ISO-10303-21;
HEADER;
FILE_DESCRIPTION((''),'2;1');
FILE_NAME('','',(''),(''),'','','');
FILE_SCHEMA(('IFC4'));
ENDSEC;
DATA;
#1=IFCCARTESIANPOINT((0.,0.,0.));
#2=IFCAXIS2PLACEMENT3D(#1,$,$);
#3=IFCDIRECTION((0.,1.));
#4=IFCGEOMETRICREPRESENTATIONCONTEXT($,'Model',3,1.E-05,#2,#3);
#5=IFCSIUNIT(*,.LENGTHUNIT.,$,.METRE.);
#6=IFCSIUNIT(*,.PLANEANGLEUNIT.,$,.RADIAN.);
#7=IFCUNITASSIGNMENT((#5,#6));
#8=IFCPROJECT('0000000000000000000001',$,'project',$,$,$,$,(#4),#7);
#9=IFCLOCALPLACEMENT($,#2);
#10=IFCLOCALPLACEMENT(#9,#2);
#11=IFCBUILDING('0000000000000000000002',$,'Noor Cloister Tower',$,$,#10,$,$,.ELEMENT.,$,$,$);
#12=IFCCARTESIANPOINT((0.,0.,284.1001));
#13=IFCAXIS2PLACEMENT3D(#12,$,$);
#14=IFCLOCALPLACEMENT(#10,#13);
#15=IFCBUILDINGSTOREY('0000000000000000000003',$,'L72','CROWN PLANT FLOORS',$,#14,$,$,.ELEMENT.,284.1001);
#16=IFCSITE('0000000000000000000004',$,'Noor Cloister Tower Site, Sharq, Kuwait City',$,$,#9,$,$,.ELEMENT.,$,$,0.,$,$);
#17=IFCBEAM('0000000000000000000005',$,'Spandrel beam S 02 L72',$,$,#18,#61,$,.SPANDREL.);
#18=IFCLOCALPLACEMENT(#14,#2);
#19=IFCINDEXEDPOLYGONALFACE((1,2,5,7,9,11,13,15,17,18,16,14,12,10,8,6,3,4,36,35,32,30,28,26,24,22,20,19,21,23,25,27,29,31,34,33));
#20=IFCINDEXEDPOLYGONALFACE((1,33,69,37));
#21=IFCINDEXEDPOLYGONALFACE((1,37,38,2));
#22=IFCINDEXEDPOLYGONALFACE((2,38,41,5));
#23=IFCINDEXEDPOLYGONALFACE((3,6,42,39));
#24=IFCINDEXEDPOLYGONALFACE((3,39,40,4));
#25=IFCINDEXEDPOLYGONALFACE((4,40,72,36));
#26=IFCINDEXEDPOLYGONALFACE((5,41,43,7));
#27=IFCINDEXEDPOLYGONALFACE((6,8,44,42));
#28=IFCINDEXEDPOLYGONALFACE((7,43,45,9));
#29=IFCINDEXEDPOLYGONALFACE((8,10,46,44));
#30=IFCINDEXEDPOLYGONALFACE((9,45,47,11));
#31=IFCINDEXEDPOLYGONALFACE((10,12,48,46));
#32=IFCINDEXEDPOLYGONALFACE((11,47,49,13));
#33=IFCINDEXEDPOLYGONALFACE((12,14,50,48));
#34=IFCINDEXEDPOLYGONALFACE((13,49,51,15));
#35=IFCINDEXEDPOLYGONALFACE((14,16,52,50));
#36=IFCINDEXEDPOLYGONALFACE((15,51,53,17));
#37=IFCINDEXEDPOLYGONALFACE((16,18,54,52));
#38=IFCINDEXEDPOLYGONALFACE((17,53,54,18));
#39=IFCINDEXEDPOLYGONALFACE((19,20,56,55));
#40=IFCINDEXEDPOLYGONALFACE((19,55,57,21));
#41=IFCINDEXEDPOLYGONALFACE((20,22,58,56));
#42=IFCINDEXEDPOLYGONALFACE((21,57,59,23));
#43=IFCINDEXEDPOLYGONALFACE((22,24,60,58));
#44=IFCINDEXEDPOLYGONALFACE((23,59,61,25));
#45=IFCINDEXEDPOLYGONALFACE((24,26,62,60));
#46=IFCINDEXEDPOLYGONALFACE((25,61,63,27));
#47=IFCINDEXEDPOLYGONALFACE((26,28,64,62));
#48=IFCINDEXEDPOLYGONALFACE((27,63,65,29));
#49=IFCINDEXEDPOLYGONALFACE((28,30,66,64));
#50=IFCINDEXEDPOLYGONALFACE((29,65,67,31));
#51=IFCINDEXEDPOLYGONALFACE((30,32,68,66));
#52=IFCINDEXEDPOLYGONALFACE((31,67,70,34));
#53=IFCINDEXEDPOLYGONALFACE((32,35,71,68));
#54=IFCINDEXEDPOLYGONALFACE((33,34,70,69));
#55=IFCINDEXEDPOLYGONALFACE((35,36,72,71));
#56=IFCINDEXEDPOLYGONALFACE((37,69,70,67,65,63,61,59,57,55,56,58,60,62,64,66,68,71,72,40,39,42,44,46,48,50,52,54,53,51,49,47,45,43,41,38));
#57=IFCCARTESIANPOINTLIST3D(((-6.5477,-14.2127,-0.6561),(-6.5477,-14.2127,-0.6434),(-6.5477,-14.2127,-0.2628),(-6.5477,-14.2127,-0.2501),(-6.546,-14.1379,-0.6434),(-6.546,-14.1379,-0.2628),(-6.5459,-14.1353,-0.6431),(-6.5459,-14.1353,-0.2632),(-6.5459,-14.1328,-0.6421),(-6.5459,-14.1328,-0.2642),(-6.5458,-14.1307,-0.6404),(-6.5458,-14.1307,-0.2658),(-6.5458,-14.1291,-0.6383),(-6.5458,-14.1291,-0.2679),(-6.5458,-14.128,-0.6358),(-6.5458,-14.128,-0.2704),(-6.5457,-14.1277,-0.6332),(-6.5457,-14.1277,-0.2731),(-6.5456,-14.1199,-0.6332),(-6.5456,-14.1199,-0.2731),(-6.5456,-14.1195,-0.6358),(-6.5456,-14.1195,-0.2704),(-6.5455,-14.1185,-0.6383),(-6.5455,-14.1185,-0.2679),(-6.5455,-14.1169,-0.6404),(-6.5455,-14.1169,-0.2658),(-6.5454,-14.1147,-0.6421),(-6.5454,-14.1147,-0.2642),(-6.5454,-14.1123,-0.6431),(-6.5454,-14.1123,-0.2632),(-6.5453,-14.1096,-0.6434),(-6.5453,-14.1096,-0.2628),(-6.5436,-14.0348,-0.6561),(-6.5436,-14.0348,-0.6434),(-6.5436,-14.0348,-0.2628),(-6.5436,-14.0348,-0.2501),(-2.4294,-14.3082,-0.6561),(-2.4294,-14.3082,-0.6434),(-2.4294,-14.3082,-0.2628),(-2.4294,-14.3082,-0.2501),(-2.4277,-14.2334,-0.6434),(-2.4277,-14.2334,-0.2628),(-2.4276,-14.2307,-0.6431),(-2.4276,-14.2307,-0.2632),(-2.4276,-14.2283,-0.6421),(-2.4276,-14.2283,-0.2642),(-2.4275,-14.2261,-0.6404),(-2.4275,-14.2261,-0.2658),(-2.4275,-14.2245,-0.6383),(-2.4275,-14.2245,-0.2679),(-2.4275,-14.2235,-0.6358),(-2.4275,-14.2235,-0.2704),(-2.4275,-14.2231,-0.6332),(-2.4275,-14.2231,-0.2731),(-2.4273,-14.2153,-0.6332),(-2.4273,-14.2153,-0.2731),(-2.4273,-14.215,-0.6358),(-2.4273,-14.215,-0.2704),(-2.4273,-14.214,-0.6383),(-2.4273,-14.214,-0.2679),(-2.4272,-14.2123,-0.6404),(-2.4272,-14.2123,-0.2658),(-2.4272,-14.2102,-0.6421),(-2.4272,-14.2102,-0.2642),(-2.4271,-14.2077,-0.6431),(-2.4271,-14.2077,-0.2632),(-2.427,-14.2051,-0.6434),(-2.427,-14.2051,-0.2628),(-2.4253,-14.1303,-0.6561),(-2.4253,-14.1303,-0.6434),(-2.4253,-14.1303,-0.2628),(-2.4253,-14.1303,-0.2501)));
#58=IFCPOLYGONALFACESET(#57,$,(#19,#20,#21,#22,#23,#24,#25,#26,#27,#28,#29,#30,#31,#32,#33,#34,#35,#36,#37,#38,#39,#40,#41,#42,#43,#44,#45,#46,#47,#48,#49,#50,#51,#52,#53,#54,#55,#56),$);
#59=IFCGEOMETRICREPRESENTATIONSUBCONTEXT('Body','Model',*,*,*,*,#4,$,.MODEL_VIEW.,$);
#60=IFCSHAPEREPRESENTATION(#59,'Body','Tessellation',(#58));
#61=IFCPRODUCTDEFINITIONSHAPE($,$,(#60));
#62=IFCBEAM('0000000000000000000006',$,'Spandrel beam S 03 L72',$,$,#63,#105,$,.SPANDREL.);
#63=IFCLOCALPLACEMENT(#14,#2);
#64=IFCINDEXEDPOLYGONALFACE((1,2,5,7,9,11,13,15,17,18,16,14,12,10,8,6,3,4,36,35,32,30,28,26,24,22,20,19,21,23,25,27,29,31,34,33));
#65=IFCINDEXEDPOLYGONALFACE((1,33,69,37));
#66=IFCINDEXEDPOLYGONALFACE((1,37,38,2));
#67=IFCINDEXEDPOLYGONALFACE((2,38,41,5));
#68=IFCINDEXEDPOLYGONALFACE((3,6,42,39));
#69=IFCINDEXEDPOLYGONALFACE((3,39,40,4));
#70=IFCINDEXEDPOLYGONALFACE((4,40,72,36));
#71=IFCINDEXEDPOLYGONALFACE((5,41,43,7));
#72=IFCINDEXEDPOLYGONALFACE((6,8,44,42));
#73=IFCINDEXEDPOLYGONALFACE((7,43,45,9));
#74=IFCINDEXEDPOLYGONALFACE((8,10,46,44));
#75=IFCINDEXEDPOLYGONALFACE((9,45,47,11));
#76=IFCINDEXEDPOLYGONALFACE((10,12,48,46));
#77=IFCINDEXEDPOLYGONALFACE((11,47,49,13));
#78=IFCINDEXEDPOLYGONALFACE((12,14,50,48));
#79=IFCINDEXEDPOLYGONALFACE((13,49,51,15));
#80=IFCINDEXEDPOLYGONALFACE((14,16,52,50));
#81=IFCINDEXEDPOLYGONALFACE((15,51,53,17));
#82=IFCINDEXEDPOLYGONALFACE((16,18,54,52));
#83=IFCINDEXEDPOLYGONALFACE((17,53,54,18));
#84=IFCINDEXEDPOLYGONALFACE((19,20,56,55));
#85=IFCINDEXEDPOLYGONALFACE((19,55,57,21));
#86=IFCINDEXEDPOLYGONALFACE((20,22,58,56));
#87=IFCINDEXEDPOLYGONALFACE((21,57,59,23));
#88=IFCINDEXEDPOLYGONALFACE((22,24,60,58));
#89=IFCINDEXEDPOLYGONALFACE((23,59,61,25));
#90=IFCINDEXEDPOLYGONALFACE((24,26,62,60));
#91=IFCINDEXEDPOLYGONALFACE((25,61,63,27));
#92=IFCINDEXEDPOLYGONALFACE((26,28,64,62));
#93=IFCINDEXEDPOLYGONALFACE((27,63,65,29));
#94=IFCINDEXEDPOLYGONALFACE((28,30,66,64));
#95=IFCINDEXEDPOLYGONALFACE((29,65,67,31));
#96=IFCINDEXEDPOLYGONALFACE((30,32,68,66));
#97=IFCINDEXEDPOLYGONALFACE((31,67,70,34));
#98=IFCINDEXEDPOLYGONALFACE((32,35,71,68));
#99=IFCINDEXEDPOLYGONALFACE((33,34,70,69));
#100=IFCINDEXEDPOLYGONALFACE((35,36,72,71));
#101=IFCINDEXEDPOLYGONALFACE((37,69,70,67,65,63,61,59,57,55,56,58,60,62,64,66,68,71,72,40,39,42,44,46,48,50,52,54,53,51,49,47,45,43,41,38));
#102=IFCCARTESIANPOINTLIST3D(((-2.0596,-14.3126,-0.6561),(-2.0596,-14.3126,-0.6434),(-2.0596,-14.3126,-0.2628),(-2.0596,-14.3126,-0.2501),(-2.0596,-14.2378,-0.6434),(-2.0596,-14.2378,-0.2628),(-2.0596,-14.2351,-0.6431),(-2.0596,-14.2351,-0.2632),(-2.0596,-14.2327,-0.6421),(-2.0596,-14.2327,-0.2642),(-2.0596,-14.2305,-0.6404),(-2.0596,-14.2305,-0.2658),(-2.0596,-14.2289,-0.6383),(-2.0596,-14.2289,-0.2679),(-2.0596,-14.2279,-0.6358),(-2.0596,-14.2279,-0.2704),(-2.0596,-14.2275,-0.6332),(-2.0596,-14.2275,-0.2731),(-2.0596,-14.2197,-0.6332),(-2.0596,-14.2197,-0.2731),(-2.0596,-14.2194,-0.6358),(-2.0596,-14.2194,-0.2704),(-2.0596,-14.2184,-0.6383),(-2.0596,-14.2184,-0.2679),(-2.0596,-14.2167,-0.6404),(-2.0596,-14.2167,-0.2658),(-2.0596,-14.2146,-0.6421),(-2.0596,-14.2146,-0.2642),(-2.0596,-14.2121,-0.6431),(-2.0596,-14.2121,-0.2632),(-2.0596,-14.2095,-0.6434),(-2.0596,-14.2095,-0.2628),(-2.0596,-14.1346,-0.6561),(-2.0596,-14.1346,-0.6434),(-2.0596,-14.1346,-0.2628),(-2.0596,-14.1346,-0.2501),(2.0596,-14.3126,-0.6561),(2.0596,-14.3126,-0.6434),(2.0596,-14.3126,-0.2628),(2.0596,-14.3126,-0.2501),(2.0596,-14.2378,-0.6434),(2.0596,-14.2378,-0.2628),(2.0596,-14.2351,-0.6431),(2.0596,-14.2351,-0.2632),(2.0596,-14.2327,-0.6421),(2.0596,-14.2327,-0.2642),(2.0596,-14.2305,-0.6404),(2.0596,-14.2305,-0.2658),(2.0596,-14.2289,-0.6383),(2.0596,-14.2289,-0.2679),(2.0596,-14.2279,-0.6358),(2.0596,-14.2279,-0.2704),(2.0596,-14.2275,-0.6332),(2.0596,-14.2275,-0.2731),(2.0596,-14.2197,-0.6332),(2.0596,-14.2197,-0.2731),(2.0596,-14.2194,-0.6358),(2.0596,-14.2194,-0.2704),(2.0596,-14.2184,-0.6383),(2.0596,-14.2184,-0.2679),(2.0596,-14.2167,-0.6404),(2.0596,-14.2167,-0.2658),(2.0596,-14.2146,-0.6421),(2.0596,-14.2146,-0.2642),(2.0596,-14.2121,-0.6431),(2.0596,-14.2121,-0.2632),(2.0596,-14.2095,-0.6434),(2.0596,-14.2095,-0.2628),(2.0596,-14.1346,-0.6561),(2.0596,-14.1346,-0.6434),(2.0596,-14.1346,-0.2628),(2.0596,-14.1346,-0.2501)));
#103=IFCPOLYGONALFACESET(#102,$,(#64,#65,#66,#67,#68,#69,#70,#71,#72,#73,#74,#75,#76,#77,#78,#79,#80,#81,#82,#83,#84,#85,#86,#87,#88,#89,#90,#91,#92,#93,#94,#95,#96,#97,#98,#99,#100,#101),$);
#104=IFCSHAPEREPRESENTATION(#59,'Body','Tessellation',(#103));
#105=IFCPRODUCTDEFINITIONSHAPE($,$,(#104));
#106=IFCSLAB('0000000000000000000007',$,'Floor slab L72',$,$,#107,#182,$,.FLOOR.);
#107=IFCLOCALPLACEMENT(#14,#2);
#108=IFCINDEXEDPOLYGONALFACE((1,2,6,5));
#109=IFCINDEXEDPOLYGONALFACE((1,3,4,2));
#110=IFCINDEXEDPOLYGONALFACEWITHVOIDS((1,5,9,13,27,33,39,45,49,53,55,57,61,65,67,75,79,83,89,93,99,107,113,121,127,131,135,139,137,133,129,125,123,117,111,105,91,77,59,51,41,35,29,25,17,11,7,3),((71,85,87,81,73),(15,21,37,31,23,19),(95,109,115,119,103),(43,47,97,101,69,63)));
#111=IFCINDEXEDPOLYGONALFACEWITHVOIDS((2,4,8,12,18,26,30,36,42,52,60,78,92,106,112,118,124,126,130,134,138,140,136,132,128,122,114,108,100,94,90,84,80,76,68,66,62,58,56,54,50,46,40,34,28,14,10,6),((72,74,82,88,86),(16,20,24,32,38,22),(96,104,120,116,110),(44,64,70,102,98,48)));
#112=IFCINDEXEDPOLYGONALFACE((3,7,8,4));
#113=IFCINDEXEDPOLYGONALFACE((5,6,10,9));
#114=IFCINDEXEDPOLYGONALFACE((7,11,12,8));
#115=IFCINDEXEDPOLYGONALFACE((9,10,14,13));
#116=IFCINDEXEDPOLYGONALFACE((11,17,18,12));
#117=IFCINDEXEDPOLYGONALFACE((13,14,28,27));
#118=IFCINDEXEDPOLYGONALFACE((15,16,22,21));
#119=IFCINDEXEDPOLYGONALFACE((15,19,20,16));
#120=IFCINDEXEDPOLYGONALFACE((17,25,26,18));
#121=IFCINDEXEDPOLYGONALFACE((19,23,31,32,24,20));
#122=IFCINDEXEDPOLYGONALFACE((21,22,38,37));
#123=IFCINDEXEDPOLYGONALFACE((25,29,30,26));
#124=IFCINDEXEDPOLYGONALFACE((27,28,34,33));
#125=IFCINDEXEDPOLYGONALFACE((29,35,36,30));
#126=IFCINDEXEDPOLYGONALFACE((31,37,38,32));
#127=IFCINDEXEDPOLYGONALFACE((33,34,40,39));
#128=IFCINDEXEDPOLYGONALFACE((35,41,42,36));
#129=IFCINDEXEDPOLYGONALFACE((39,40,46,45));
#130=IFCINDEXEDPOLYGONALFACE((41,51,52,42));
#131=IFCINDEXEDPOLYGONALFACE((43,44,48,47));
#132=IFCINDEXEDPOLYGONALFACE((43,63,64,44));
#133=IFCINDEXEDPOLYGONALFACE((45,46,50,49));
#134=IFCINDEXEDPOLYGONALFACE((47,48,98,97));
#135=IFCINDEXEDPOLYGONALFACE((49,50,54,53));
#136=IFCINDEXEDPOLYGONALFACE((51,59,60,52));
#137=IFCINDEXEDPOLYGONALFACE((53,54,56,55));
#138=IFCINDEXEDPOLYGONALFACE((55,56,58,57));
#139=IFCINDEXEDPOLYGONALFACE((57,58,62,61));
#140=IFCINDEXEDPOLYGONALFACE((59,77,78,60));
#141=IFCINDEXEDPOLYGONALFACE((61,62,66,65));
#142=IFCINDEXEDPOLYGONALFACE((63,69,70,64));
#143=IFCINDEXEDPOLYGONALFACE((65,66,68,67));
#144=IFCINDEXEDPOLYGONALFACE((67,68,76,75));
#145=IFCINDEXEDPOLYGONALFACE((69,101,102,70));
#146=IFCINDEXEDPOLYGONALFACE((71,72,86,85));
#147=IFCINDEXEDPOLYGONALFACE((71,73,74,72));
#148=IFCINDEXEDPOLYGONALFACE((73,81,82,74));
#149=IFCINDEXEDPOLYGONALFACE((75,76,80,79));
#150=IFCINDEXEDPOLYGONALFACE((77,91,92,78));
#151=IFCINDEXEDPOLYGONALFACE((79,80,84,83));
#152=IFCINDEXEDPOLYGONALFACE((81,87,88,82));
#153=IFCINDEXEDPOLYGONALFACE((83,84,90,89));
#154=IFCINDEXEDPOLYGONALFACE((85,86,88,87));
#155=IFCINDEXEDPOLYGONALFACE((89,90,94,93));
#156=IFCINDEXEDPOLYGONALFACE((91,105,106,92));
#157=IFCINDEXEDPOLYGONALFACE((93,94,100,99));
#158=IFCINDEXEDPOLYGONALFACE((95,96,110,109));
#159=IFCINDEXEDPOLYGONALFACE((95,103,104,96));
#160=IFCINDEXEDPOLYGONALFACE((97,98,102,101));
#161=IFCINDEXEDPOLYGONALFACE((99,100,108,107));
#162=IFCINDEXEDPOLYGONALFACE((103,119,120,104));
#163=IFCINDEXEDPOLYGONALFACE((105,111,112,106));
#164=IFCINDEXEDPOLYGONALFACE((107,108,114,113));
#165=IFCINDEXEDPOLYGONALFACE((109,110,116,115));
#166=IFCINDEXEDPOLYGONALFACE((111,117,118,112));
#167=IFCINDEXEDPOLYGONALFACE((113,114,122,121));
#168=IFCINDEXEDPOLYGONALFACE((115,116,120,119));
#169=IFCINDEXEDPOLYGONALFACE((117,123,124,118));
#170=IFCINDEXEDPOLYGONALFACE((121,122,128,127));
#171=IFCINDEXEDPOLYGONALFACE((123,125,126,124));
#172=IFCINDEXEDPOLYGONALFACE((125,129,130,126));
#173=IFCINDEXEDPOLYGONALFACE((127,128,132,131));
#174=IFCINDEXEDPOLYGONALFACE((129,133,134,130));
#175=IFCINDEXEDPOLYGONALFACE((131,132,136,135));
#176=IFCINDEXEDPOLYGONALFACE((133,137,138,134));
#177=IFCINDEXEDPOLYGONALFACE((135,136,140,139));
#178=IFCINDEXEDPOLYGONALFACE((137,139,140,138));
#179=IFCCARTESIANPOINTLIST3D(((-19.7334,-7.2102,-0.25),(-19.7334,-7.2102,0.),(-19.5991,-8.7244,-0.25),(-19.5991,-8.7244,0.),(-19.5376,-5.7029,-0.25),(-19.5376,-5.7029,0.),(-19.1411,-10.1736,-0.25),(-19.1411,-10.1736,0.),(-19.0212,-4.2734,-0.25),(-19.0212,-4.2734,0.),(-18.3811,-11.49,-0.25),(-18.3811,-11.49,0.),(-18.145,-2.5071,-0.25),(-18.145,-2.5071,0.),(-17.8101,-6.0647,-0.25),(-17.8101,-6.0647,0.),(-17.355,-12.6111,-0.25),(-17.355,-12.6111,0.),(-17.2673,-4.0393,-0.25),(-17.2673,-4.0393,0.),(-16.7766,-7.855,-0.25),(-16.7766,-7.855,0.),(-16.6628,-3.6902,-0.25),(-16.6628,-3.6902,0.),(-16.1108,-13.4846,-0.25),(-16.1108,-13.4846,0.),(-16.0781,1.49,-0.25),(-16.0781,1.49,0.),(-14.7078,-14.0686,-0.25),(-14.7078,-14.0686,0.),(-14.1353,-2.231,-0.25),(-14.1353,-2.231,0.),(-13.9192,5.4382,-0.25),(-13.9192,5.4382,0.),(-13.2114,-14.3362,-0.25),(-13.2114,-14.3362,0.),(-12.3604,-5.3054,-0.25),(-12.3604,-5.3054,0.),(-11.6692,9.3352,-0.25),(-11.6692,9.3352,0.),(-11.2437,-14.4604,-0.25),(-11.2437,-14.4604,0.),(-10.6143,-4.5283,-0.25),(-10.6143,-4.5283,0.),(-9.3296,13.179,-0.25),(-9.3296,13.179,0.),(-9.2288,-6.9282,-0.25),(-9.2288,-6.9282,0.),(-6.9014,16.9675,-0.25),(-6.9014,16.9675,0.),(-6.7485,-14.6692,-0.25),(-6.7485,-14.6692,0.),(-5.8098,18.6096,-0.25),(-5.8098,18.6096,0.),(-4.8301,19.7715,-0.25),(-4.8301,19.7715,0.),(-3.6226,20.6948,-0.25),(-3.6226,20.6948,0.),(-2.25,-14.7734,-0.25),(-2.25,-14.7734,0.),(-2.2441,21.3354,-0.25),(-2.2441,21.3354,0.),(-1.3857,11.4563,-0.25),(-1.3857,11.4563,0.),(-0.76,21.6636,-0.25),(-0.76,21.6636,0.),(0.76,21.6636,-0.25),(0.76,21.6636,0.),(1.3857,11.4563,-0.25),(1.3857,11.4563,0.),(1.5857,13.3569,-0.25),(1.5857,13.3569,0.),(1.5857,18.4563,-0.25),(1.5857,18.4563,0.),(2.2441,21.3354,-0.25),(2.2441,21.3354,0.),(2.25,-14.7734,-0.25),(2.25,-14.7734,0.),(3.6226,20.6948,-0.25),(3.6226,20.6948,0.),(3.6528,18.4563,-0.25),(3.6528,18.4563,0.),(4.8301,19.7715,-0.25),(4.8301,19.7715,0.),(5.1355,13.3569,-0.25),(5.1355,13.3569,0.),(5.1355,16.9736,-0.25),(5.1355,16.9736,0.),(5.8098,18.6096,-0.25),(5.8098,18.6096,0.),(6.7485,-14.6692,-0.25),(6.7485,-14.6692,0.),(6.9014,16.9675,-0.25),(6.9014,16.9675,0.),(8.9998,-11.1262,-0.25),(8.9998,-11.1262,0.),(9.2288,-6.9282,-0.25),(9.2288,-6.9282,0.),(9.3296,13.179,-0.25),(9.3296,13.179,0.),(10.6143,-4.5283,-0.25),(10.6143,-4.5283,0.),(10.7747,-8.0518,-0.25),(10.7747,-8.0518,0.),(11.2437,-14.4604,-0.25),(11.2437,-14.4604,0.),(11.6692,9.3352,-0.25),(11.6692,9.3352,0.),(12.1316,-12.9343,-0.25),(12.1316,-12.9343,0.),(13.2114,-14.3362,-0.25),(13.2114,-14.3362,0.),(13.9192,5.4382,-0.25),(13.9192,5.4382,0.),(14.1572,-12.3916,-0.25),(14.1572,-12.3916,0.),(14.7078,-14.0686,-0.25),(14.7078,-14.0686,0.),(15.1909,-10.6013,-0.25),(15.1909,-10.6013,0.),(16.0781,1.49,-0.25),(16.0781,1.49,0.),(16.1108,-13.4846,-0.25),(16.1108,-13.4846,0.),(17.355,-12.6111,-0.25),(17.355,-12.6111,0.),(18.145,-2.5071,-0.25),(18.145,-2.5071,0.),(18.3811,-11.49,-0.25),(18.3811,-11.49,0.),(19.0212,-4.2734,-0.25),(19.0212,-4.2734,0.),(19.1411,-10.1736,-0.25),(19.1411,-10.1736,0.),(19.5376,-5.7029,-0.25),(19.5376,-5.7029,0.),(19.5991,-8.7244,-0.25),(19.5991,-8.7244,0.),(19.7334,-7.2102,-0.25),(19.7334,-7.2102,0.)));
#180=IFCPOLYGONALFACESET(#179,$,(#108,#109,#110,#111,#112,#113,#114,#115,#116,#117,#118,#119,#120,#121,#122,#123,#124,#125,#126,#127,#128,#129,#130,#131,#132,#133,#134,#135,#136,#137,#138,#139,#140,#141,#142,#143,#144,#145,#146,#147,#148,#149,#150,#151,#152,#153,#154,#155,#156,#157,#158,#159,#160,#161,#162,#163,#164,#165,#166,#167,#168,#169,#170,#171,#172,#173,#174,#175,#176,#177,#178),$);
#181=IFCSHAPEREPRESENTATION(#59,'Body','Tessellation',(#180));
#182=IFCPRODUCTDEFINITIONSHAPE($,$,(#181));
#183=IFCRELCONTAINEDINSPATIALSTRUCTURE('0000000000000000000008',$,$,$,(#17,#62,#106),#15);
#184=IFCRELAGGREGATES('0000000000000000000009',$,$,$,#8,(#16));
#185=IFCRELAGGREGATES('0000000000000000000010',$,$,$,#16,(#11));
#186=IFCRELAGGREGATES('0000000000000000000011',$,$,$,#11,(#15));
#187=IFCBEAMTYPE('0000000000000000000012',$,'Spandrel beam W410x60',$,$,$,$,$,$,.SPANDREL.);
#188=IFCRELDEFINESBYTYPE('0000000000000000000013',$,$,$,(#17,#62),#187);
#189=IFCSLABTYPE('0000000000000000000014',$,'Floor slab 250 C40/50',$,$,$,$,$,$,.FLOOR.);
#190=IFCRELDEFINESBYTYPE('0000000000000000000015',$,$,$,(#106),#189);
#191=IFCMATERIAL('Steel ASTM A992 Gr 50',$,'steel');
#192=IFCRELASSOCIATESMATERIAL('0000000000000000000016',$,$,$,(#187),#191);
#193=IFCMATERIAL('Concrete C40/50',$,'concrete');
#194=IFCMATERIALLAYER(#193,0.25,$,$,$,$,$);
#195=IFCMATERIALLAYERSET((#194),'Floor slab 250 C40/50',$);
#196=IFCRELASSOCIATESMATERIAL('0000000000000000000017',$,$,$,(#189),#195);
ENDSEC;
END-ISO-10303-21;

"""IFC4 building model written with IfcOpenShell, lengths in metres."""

from ifc_helpers import new_model, si_unit, direction, frame, origin, origin_2d, place, context, subcontext, project, spatial, polyline, i_section, outline, extrude, material, layer, layer_set, material_profile, profile_set, type_object, element, save


model = new_model("IFC4")

# Units and contexts
model_context = context("Model", 3, precision=1e-05, world=origin(), true_north=direction((0.0, 1.0)))
body_context = subcontext(model_context, "Body", "Model", "MODEL_VIEW")
ifc_project = project(units=[si_unit("LENGTHUNIT", "METRE"), si_unit("PLANEANGLEUNIT", "RADIAN")], contexts=[model_context])

# Site, building, storey
site_placement = place(None, origin())
site = spatial("IfcSite", under=ifc_project, at=site_placement, Name="Noor Cloister Tower Site, Sharq, Kuwait City", CompositionType="ELEMENT", RefElevation=0.0)
building_placement = place(site_placement, origin())
building = spatial("IfcBuilding", under=site, at=building_placement, Name="Noor Cloister Tower", CompositionType="ELEMENT")
storey_placement = place(building_placement, frame((0.0, 0.0, 284.1001)))
storey = spatial("IfcBuildingStorey", under=building, at=storey_placement, Name="L72", Description="CROWN PLANT FLOORS", CompositionType="ELEMENT", Elevation=284.1001)

# Beams
ifc_material_1 = material(Name="Steel ASTM A992 Gr 50", Category="steel")
ifc_material_profile_1 = material_profile(ifc_material_1, i_section(OverallWidth=0.178, OverallDepth=0.406, WebThickness=0.0078, FlangeThickness=0.0127, FilletRadius=0.0103, at=origin_2d()), Name="W410x60")
ifc_profile_set_1 = profile_set([ifc_material_profile_1], Name="Steel ASTM A992 Gr 50")
beam_type_1 = type_object("IfcBeamType", Name="Spandrel beam W410x60", PredefinedType="SPANDREL", material=ifc_profile_set_1)
beam_1_placement = place(storey_placement, frame((-6.5457, -14.1238, -0.4531), z_axis=(0.999731, -0.023174, 0.0), x_axis=(0.023174, 0.999731, 0.0)))
element("IfcBeam", 1, at=beam_1_placement, inside=storey, type_object=beam_type_1, Name="Spandrel beam S 02 L72", PredefinedType="SPANDREL", context=body_context, shape_type="SweptSolid", body=[
    extrude(i_section(OverallWidth=0.178, OverallDepth=0.406, WebThickness=0.0078, FlangeThickness=0.0127, FilletRadius=0.0103, at=origin_2d()), origin(), (0.0, 0.0, 1.0), 4.1194),
])
beam_2_placement = place(storey_placement, frame((-2.0596, -14.2236, -0.4531), z_axis=(1.0, 0.0, 0.0), x_axis=(0.0, 1.0, 0.0)))
element("IfcBeam", 2, at=beam_2_placement, inside=storey, type_object=beam_type_1, Name="Spandrel beam S 03 L72", PredefinedType="SPANDREL", context=body_context, shape_type="SweptSolid", body=[
    extrude(i_section(OverallWidth=0.178, OverallDepth=0.406, WebThickness=0.0078, FlangeThickness=0.0127, FilletRadius=0.0103, at=origin_2d()), origin(), (0.0, 0.0, 1.0), 4.1191),
])

# Slab
ifc_material_2 = material(Name="Concrete C40/50", Category="concrete")
ifc_layer_1 = layer(ifc_material_2, 0.25)
ifc_layer_set_1 = layer_set([ifc_layer_1], Name="Floor slab 250 C40/50")
slab_type = type_object("IfcSlabType", Name="Floor slab 250 C40/50", PredefinedType="FLOOR", material=ifc_layer_set_1)
slab_placement = place(storey_placement, frame((0.0, 0.0, -0.25)))
element("IfcSlab", 3, at=slab_placement, inside=storey, type_object=slab_type, Name="Floor slab L72", PredefinedType="FLOOR", context=body_context, shape_type="SweptSolid", body=[
    extrude(outline(polyline([(5.8098, 18.6096), (4.8301, 19.7715), (3.6226, 20.6948), (2.2441, 21.3354), (0.76, 21.6636), (-0.76, 21.6636), (-2.2441, 21.3354), (-3.6226, 20.6948), (-4.8301, 19.7715), (-5.8098, 18.6096), (-6.9014, 16.9675), (-9.3296, 13.179), (-11.6692, 9.3352), (-13.9192, 5.4382), (-16.0781, 1.49), (-18.145, -2.5071), (-19.0212, -4.2734), (-19.5376, -5.7029), (-19.7334, -7.2102), (-19.5991, -8.7244), (-19.1411, -10.1736), (-18.3811, -11.49), (-17.355, -12.6111), (-16.1108, -13.4846), (-14.7078, -14.0686), (-13.2114, -14.3362), (-11.2437, -14.4604), (-6.7485, -14.6692), (-2.25, -14.7734), (2.25, -14.7734), (6.7485, -14.6692), (11.2437, -14.4604), (13.2114, -14.3362), (14.7078, -14.0686), (16.1108, -13.4846), (17.355, -12.6111), (18.3811, -11.49), (19.1411, -10.1736), (19.5991, -8.7244), (19.7334, -7.2102), (19.5376, -5.7029), (19.0212, -4.2734), (18.145, -2.5071), (16.0781, 1.49), (13.9192, 5.4382), (11.6692, 9.3352), (9.3296, 13.179), (6.9014, 16.9675), (5.8098, 18.6096)]), holes=[polyline([(8.9998, -11.1262), (12.1316, -12.9343), (14.1572, -12.3916), (15.1909, -10.6013), (10.7747, -8.0518), (8.9998, -11.1262)]), polyline([(-17.8101, -6.0647), (-16.7766, -7.855), (-12.3604, -5.3054), (-14.1353, -2.231), (-16.6628, -3.6902), (-17.2673, -4.0393), (-17.8101, -6.0647)]), polyline([(-10.6143, -4.5283), (-9.2288, -6.9282), (9.2288, -6.9282), (10.6143, -4.5283), (1.3857, 11.4563), (-1.3857, 11.4563), (-10.6143, -4.5283)]), polyline([(3.6528, 18.4563), (1.5857, 18.4563), (1.5857, 13.3569), (5.1355, 13.3569), (5.1355, 16.9736), (3.6528, 18.4563)])]), origin(), (0.0, 0.0, 1.0), 0.25),
])

save(model, "model.ifc")
